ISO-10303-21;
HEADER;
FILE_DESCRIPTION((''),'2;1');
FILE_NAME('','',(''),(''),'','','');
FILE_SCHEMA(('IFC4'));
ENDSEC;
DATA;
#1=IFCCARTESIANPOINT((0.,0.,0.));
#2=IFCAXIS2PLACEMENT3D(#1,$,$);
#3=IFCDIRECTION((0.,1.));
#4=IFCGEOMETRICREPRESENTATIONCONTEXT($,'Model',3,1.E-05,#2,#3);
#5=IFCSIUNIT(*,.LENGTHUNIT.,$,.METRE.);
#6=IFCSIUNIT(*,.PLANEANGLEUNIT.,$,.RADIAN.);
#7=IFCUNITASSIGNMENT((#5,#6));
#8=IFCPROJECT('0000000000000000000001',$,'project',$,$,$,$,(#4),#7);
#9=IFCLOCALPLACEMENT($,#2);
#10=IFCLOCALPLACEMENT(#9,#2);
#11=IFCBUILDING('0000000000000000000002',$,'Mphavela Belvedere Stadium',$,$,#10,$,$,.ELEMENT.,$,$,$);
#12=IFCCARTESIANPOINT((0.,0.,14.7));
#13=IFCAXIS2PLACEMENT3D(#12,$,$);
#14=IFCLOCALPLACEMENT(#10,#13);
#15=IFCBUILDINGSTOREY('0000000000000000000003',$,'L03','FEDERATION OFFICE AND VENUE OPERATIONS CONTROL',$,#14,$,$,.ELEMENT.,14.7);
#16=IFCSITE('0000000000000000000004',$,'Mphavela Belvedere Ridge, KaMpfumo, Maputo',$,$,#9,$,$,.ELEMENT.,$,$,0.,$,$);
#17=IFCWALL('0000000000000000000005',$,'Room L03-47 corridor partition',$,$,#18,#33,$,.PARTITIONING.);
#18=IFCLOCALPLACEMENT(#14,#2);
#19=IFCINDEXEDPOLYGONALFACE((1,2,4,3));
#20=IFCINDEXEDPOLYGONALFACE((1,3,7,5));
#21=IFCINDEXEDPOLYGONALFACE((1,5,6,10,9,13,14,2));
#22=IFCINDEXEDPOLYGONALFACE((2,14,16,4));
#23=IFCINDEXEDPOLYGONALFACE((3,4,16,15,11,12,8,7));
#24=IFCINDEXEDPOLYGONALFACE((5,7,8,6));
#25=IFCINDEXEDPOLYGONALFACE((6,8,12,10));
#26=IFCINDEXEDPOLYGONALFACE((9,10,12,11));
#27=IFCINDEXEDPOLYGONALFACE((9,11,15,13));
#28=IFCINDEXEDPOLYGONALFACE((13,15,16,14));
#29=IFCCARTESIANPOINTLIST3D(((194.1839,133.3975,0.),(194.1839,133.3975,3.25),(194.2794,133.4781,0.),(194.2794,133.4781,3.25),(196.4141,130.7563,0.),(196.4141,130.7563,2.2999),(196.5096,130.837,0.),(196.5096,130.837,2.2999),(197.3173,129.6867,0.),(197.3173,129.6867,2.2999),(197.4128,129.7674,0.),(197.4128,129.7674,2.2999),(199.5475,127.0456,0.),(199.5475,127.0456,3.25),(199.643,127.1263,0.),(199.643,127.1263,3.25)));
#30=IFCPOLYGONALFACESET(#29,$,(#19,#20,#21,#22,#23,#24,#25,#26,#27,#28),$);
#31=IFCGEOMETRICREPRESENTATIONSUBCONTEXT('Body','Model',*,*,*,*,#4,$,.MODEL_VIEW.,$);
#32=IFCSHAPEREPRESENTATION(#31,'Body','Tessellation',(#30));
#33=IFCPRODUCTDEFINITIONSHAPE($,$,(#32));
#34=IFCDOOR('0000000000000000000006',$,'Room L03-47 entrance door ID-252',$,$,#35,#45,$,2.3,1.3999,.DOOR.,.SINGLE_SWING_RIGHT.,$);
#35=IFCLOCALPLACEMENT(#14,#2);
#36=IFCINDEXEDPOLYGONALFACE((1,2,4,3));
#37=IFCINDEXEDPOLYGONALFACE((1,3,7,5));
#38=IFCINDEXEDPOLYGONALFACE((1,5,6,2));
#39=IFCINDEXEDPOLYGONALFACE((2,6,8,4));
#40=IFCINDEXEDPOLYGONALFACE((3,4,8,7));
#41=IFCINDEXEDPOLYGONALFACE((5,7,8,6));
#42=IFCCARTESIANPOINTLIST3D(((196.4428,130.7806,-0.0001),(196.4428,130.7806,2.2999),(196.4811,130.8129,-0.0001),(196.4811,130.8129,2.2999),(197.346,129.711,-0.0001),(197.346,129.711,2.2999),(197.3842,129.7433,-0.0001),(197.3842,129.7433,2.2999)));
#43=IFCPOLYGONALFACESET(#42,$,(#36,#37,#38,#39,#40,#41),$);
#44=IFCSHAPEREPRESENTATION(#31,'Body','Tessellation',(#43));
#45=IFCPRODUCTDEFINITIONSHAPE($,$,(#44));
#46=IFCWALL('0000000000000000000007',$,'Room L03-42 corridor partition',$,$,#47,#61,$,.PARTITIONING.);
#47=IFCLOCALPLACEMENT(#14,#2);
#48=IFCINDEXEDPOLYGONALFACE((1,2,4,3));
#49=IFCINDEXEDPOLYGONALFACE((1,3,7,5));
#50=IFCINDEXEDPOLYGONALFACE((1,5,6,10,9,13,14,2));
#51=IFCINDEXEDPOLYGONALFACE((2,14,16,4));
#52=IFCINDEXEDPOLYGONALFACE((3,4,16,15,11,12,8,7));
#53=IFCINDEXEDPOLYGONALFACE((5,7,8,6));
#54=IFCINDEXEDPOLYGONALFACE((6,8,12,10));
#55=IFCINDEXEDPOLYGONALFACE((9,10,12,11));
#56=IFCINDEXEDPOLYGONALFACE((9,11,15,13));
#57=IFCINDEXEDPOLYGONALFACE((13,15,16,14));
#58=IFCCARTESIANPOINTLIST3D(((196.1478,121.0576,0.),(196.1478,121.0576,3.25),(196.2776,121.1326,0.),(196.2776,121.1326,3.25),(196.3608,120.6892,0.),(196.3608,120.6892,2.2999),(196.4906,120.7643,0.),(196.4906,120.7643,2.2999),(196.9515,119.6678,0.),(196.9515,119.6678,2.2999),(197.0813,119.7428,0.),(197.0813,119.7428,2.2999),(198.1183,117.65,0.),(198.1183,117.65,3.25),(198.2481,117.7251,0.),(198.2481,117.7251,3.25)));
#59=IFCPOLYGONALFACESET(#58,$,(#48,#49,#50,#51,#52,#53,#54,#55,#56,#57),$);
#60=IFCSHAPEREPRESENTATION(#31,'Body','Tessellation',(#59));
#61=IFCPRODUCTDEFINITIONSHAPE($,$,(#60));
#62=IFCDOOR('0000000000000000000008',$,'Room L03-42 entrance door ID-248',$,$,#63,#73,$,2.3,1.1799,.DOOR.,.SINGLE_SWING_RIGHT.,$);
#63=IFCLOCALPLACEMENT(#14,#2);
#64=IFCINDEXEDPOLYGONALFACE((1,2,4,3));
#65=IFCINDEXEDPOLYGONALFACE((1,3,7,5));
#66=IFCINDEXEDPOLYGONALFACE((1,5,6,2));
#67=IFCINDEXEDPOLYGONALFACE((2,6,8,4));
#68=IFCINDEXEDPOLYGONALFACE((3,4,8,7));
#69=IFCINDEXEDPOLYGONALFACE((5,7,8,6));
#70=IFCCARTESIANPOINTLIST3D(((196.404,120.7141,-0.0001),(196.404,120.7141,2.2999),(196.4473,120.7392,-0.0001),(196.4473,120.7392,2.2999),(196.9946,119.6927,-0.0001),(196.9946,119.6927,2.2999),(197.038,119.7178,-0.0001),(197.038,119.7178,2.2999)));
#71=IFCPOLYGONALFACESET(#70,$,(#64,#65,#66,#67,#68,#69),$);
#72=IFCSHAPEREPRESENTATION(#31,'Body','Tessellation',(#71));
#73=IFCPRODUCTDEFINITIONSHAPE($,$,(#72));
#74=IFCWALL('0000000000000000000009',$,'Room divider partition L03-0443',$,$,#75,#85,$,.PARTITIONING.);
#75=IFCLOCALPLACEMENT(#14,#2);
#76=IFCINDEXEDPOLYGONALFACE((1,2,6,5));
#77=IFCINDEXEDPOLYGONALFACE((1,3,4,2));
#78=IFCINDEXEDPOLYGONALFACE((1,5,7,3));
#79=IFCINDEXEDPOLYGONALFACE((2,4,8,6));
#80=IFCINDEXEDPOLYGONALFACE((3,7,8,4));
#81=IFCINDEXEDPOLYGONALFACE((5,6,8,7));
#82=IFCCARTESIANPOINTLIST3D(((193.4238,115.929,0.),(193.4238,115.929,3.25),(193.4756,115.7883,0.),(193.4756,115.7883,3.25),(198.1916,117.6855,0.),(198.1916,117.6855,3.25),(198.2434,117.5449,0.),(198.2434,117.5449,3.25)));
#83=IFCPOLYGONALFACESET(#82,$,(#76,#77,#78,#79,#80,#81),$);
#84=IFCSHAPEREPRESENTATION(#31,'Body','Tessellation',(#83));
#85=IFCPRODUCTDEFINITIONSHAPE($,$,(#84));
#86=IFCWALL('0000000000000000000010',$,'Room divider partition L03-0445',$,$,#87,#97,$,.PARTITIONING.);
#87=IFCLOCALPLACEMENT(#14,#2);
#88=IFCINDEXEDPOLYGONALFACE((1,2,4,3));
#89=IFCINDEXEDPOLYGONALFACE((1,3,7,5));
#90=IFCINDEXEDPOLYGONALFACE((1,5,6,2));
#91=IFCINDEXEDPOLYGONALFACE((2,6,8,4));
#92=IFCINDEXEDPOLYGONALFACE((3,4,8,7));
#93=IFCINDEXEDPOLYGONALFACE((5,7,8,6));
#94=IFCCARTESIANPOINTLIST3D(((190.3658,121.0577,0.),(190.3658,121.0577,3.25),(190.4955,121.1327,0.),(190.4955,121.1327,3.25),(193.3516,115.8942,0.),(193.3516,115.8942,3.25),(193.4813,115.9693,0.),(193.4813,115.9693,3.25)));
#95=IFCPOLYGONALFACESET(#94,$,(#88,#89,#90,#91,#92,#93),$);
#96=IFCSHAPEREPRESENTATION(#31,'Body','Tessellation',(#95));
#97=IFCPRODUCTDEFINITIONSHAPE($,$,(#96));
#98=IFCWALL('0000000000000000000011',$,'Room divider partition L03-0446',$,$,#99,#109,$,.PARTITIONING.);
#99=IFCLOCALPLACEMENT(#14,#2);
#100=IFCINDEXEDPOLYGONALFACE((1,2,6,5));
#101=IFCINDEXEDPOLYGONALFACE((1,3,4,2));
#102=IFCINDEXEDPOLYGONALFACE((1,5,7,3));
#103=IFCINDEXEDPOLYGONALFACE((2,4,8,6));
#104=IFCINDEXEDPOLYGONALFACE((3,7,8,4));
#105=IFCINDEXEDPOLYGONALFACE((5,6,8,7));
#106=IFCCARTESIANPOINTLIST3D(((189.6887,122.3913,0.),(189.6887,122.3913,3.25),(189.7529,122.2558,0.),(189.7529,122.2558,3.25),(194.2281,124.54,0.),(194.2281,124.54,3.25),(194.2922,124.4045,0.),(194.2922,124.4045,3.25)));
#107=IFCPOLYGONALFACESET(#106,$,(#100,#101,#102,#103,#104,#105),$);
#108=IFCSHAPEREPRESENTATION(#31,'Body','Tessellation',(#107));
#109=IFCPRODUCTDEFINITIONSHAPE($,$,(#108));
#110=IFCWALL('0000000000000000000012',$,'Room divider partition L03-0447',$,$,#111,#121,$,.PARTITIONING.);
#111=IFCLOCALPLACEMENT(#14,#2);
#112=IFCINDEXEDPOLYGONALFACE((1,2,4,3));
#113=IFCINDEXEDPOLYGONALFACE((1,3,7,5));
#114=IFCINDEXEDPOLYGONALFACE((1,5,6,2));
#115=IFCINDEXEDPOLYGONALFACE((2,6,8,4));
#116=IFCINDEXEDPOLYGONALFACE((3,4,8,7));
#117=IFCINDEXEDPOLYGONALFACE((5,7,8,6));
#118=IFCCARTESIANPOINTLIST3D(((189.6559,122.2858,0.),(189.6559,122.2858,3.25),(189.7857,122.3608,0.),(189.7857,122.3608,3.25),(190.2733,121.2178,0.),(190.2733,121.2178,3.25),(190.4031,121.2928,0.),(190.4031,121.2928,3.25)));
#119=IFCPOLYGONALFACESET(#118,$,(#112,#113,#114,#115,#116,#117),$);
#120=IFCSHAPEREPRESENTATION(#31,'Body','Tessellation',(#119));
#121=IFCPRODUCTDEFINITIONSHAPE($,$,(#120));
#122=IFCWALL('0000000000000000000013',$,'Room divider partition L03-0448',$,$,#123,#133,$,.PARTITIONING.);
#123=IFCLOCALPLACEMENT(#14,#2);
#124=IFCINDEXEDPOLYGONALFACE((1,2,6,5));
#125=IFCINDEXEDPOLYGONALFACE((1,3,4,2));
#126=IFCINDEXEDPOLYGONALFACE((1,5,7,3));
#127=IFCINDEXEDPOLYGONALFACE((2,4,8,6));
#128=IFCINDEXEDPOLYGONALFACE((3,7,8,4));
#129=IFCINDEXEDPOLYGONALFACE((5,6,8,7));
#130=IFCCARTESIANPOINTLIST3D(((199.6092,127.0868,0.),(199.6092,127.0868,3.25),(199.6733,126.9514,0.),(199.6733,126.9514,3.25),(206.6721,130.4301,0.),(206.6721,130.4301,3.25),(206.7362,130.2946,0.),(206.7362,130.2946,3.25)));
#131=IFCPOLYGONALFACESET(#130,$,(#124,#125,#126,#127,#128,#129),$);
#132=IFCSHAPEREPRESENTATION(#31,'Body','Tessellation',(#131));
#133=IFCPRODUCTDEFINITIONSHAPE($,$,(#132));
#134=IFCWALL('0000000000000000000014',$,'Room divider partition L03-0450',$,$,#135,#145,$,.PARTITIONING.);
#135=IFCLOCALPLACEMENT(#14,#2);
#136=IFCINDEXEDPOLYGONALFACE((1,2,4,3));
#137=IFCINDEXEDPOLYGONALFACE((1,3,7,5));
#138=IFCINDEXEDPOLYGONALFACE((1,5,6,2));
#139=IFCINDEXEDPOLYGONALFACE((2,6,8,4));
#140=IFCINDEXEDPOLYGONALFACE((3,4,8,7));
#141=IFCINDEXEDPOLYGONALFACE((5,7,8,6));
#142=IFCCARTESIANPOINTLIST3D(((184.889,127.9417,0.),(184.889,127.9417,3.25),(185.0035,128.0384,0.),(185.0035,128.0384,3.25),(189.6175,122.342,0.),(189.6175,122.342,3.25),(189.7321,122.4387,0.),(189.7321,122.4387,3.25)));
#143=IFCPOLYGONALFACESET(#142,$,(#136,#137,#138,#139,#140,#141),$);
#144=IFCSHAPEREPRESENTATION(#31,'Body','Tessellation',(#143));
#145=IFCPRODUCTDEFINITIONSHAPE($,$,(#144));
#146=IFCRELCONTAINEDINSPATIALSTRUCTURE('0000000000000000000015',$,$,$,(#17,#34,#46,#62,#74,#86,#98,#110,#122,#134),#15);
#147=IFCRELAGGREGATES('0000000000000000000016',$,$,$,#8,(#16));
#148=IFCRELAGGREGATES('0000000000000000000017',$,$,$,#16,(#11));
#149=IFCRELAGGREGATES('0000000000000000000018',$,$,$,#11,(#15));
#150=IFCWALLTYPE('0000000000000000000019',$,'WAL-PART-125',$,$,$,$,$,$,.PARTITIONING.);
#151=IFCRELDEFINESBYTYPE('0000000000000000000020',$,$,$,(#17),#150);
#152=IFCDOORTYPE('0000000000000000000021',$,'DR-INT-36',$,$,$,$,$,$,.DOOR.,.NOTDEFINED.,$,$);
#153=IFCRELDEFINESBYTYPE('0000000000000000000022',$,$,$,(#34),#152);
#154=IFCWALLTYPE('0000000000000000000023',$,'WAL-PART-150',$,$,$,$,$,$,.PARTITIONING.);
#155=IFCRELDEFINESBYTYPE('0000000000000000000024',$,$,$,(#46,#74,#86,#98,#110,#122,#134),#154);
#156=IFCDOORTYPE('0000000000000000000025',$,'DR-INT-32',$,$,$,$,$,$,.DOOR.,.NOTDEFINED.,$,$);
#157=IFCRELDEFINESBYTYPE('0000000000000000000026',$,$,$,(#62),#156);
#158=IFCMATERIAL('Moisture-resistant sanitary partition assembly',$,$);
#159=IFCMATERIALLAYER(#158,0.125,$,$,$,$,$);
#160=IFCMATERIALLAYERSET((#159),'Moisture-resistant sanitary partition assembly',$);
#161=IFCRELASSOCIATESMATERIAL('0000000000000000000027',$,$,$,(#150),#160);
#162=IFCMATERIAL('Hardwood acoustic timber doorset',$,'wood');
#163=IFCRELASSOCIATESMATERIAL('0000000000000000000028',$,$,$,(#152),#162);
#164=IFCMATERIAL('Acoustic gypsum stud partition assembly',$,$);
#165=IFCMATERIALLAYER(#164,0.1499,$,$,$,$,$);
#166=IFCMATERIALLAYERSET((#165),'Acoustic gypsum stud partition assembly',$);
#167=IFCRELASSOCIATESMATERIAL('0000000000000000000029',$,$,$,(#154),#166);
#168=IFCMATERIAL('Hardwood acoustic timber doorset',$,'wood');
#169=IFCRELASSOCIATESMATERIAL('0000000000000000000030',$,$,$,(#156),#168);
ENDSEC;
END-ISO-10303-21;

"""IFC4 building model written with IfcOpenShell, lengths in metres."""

from ifc_helpers import new_model, si_unit, direction, frame, frame_2d, origin, place, context, subcontext, project, spatial, rectangle, extrude, material, layer, layer_set, type_object, element, fill, save


model = new_model("IFC4")

# Units and contexts
model_context = context("Model", 3, precision=1e-05, world=origin(), true_north=direction((0.0, 1.0)))
body_context = subcontext(model_context, "Body", "Model", "MODEL_VIEW")
ifc_project = project(units=[si_unit("LENGTHUNIT", "METRE"), si_unit("PLANEANGLEUNIT", "RADIAN")], contexts=[model_context])

# Site, building, storey
site_placement = place(None, origin())
site = spatial("IfcSite", under=ifc_project, at=site_placement, Name="Mphavela Belvedere Ridge, KaMpfumo, Maputo", CompositionType="ELEMENT", RefElevation=0.0)
building_placement = place(site_placement, origin())
building = spatial("IfcBuilding", under=site, at=building_placement, Name="Mphavela Belvedere Stadium", CompositionType="ELEMENT")
storey_placement = place(building_placement, frame((0.0, 0.0, 14.7)))
storey = spatial("IfcBuildingStorey", under=building, at=storey_placement, Name="L03", Description="FEDERATION OFFICE AND VENUE OPERATIONS CONTROL", CompositionType="ELEMENT", Elevation=14.7)

# Walls, openings, doors
ifc_material_1 = material(Name="Moisture-resistant sanitary partition assembly")
ifc_layer_1 = layer(ifc_material_1, 0.125)
ifc_layer_set_1 = layer_set([ifc_layer_1], Name="Moisture-resistant sanitary partition assembly")
wall_type_1 = type_object("IfcWallType", Name="WAL-PART-125", PredefinedType="PARTITIONING", material=ifc_layer_set_1)
wall_1_placement = place(storey_placement, frame((199.5952, 127.0859, 0.0), z_axis=(0.0, 0.0, 1.0), x_axis=(-0.645165, 0.764043, 0.0)))
wall_1 = element("IfcWall", 1, at=wall_1_placement, inside=storey, type_object=wall_type_1, Name="Room L03-47 corridor partition", PredefinedType="PARTITIONING", context=body_context, shape_type="SweptSolid", body=[
    extrude(rectangle(XDim=8.3135, YDim=0.125, at=frame_2d((4.1567, 0.0))), origin(), (0.0, 0.0, 1.0), 3.25),
])
opening_1_placement = place(wall_1_placement, frame((3.4568, 0.0, 0.0)))
opening_1 = element("IfcOpeningElement", 2, at=opening_1_placement, cuts=wall_1, PredefinedType="OPENING", context=body_context, shape_type="SweptSolid", body=[
    extrude(rectangle(XDim=1.3999, YDim=2.3, at=frame_2d((0.7, 1.1499))), frame((0.0, 0.0725, 0.0), z_axis=(0.0, -1.0, 0.0), x_axis=(1.0, 0.0, 0.0)), (0.0, 0.0, 1.0), 0.145),
])
ifc_material_2 = material(Name="Hardwood acoustic timber doorset", Category="wood")
door_type_1 = type_object("IfcDoorType", Name="DR-INT-36", OperationType="NOTDEFINED", PredefinedType="DOOR", material=ifc_material_2)
door_1_placement = place(opening_1_placement, origin())
door_1 = element("IfcDoor", 3, at=door_1_placement, inside=storey, type_object=door_type_1, Name="Room L03-47 entrance door ID-252", OperationType="SINGLE_SWING_RIGHT", OverallHeight=2.3, OverallWidth=1.3999, PredefinedType="DOOR", context=body_context, shape_type="SweptSolid", body=[
    extrude(rectangle(XDim=1.3999, YDim=2.3, at=frame_2d((0.7, 1.1499))), frame((0.0, 0.0249, 0.0), z_axis=(0.0, -1.0, 0.0), x_axis=(1.0, 0.0, 0.0)), (0.0, 0.0, 1.0), 0.05),
])
fill(opening_1, door_1)
ifc_material_3 = material(Name="Acoustic gypsum stud partition assembly")
ifc_layer_2 = layer(ifc_material_3, 0.1499)
ifc_layer_set_2 = layer_set([ifc_layer_2], Name="Acoustic gypsum stud partition assembly")
wall_type_2 = type_object("IfcWallType", Name="WAL-PART-150", PredefinedType="PARTITIONING", material=ifc_layer_set_2)
wall_2_placement = place(storey_placement, frame((196.2126, 121.0952, 0.0), z_axis=(0.0, 0.0, 1.0), x_axis=(0.500601, -0.865678, 0.0)))
wall_2 = element("IfcWall", 4, at=wall_2_placement, inside=storey, type_object=wall_type_2, Name="Room L03-42 corridor partition", PredefinedType="PARTITIONING", context=body_context, shape_type="SweptSolid", body=[
    extrude(rectangle(XDim=3.9363, YDim=0.1499, at=frame_2d((1.9683, 0.0))), origin(), (0.0, 0.0, 1.0), 3.25),
])
opening_2_placement = place(wall_2_placement, frame((0.4258, 0.0, 0.0)))
opening_2 = element("IfcOpeningElement", 5, at=opening_2_placement, cuts=wall_2, PredefinedType="OPENING", context=body_context, shape_type="SweptSolid", body=[
    extrude(rectangle(XDim=1.1799, YDim=2.3, at=frame_2d((0.5898, 1.1499))), frame((0.0, 0.085, 0.0), z_axis=(0.0, -1.0, 0.0), x_axis=(1.0, 0.0, 0.0)), (0.0, 0.0, 1.0), 0.1699),
])
ifc_material_4 = material(Name="Hardwood acoustic timber doorset", Category="wood")
door_type_2 = type_object("IfcDoorType", Name="DR-INT-32", OperationType="NOTDEFINED", PredefinedType="DOOR", material=ifc_material_4)
door_2_placement = place(opening_2_placement, origin())
door_2 = element("IfcDoor", 6, at=door_2_placement, inside=storey, type_object=door_type_2, Name="Room L03-42 entrance door ID-248", OperationType="SINGLE_SWING_RIGHT", OverallHeight=2.3, OverallWidth=1.1799, PredefinedType="DOOR", context=body_context, shape_type="SweptSolid", body=[
    extrude(rectangle(XDim=1.1799, YDim=2.3, at=frame_2d((0.5898, 1.1499))), frame((0.0, 0.0249, 0.0), z_axis=(0.0, -1.0, 0.0), x_axis=(1.0, 0.0, 0.0)), (0.0, 0.0, 1.0), 0.05),
])
fill(opening_2, door_2)

# Walls
wall_3_placement = place(storey_placement, frame((193.4497, 115.8586, 0.0), z_axis=(0.0, 0.0, 1.0), x_axis=(0.938341, 0.34571, 0.0)))
element("IfcWall", 7, at=wall_3_placement, inside=storey, type_object=wall_type_2, Name="Room divider partition L03-0443", PredefinedType="PARTITIONING", context=body_context, shape_type="SweptSolid", body=[
    extrude(rectangle(XDim=5.0811, YDim=0.1499, at=frame_2d((2.5405, 0.0))), origin(), (0.0, 0.0, 1.0), 3.25),
])
wall_4_placement = place(storey_placement, frame((193.4165, 115.9316, 0.0), z_axis=(0.0, 0.0, 1.0), x_axis=(-0.500584, 0.865688, 0.0)))
element("IfcWall", 8, at=wall_4_placement, inside=storey, type_object=wall_type_2, Name="Room divider partition L03-0445", PredefinedType="PARTITIONING", context=body_context, shape_type="SweptSolid", body=[
    extrude(rectangle(XDim=5.9646, YDim=0.1499, at=frame_2d((2.9824, 0.0))), origin(), (0.0, 0.0, 1.0), 3.25),
])
wall_5_placement = place(storey_placement, frame((189.7207, 122.3235, 0.0), z_axis=(0.0, 0.0, 1.0), x_axis=(0.903855, 0.42784, 0.0)))
element("IfcWall", 9, at=wall_5_placement, inside=storey, type_object=wall_type_2, Name="Room divider partition L03-0446", PredefinedType="PARTITIONING", context=body_context, shape_type="SweptSolid", body=[
    extrude(rectangle(XDim=5.0222, YDim=0.1499, at=frame_2d((2.5112, 0.0))), origin(), (0.0, 0.0, 1.0), 3.25),
])
wall_6_placement = place(storey_placement, frame((190.3381, 121.2554, 0.0), z_axis=(0.0, 0.0, 1.0), x_axis=(-0.500459, 0.86576, 0.0)))
element("IfcWall", 10, at=wall_6_placement, inside=storey, type_object=wall_type_2, Name="Room divider partition L03-0447", PredefinedType="PARTITIONING", context=body_context, shape_type="SweptSolid", body=[
    extrude(rectangle(XDim=1.2336, YDim=0.1499, at=frame_2d((0.6167, 0.0))), origin(), (0.0, 0.0, 1.0), 3.25),
])
wall_7_placement = place(storey_placement, frame((199.6411, 127.019, 0.0), z_axis=(0.0, 0.0, 1.0), x_axis=(0.903855, 0.427839, 0.0)))
element("IfcWall", 11, at=wall_7_placement, inside=storey, type_object=wall_type_2, Name="Room divider partition L03-0448", PredefinedType="PARTITIONING", context=body_context, shape_type="SweptSolid", body=[
    extrude(rectangle(XDim=7.8142, YDim=0.1499, at=frame_2d((3.9072, 0.0))), origin(), (0.0, 0.0, 1.0), 3.25),
])
wall_8_placement = place(storey_placement, frame((189.6748, 122.3904, 0.0), z_axis=(0.0, 0.0, 1.0), x_axis=(-0.645177, 0.764033, 0.0)))
element("IfcWall", 12, at=wall_8_placement, inside=storey, type_object=wall_type_2, Name="Room divider partition L03-0450", PredefinedType="PARTITIONING", context=body_context, shape_type="SweptSolid", body=[
    extrude(rectangle(XDim=7.3291, YDim=0.1499, at=frame_2d((3.6646, 0.0))), origin(), (0.0, 0.0, 1.0), 3.25),
])

save(model, "model.ifc")
